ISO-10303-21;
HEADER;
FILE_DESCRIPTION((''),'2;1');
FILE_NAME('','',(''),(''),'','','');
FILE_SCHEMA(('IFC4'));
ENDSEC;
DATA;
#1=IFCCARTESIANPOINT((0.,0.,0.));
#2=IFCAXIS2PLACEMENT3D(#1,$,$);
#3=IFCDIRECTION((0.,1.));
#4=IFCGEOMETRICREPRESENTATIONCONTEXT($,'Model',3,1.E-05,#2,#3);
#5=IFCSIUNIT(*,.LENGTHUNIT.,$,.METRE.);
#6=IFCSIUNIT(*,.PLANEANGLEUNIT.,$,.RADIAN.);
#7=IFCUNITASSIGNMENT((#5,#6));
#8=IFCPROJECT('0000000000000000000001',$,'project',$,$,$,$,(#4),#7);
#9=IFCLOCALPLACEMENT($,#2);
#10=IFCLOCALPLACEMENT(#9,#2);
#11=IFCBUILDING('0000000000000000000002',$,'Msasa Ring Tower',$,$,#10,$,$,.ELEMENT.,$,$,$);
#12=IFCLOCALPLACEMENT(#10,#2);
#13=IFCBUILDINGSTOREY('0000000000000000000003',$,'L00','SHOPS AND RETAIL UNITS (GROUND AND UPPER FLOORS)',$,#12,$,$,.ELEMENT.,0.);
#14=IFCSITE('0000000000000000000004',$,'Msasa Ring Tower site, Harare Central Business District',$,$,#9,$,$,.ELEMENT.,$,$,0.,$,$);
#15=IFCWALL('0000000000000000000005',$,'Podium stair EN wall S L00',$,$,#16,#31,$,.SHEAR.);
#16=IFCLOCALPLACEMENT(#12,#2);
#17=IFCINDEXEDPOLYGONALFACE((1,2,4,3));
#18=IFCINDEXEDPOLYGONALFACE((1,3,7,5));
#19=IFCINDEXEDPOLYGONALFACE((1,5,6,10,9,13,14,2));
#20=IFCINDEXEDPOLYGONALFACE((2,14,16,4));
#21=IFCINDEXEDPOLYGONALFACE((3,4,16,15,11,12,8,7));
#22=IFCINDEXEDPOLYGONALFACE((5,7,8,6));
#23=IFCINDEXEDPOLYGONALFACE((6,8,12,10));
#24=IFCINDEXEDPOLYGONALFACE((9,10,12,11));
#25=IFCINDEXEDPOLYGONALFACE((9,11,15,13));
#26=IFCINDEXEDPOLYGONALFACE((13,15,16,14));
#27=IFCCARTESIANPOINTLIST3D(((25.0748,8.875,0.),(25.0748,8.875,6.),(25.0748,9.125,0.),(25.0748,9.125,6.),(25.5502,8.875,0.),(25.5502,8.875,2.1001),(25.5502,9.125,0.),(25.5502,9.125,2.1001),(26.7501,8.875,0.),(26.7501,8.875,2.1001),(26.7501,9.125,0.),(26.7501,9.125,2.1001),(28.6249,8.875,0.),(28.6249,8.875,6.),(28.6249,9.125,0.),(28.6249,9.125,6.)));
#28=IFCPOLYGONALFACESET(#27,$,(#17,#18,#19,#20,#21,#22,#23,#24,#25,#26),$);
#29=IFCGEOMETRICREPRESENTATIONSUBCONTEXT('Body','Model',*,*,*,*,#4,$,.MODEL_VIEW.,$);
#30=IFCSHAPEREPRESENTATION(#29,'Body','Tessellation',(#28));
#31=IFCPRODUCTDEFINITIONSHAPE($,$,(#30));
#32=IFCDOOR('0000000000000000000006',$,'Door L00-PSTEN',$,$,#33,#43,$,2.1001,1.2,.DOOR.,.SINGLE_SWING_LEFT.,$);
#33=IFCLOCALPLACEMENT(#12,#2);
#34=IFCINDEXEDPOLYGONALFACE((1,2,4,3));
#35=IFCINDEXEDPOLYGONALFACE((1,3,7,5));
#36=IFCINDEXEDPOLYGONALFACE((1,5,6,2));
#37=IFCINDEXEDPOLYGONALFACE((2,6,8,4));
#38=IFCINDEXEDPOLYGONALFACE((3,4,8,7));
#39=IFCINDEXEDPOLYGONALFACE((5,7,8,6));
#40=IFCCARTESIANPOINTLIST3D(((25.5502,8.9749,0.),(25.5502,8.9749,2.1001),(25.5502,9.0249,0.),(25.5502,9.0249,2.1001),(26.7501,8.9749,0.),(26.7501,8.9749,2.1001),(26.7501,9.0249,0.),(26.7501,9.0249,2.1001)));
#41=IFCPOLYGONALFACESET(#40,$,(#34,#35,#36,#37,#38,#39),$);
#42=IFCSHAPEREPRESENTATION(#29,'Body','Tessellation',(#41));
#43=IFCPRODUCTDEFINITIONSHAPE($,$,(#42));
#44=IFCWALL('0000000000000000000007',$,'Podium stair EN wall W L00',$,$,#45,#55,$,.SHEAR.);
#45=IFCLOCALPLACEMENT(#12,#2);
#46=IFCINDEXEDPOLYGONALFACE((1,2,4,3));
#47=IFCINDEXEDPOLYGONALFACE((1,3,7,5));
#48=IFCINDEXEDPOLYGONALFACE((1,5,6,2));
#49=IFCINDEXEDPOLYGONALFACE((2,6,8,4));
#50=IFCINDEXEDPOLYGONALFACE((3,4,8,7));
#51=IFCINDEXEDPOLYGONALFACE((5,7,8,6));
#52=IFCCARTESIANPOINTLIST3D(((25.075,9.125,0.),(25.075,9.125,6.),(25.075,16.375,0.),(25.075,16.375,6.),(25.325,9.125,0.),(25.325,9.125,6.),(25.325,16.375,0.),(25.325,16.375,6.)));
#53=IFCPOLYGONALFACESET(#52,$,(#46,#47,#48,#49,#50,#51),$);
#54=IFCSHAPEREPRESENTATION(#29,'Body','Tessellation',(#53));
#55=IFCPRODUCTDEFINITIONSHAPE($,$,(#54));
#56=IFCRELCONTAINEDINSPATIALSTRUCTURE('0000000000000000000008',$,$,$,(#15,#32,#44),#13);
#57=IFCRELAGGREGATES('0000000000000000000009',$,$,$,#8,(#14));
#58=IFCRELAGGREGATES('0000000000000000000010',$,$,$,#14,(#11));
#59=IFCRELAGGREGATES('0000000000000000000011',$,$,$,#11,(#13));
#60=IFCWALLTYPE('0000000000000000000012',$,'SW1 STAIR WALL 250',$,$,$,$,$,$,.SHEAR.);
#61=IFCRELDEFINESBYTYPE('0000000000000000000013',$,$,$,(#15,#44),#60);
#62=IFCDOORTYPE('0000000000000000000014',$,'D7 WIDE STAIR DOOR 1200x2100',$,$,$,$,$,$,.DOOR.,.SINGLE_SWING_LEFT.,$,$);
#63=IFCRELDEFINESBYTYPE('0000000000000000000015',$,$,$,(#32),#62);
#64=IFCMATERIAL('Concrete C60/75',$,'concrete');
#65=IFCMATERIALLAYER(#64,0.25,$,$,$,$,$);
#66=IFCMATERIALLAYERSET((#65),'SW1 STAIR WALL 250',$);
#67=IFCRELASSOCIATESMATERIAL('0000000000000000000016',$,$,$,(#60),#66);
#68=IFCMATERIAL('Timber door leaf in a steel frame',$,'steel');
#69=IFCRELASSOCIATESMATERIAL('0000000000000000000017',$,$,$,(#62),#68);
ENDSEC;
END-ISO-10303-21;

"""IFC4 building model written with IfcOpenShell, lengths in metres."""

from ifc_helpers import new_model, si_unit, direction, frame, frame_2d, origin, place, context, subcontext, project, spatial, rectangle, extrude, material, layer, layer_set, type_object, element, fill, save


model = new_model("IFC4")

# Units and contexts
model_context = context("Model", 3, precision=1e-05, world=origin(), true_north=direction((0.0, 1.0)))
body_context = subcontext(model_context, "Body", "Model", "MODEL_VIEW")
ifc_project = project(units=[si_unit("LENGTHUNIT", "METRE"), si_unit("PLANEANGLEUNIT", "RADIAN")], contexts=[model_context])

# Site, building, storey
site_placement = place(None, origin())
site = spatial("IfcSite", under=ifc_project, at=site_placement, Name="Msasa Ring Tower site, Harare Central Business District", CompositionType="ELEMENT", RefElevation=0.0)
building_placement = place(site_placement, origin())
building = spatial("IfcBuilding", under=site, at=building_placement, Name="Msasa Ring Tower", CompositionType="ELEMENT")
storey_placement = place(building_placement, origin())
storey = spatial("IfcBuildingStorey", under=building, at=storey_placement, Name="L00", Description="SHOPS AND RETAIL UNITS (GROUND AND UPPER FLOORS)", CompositionType="ELEMENT", Elevation=0.0)

# Wall, opening, door
ifc_material_1 = material(Name="Concrete C60/75", Category="concrete")
ifc_layer_1 = layer(ifc_material_1, 0.25)
ifc_layer_set_1 = layer_set([ifc_layer_1], Name="SW1 STAIR WALL 250")
wall_type_1 = type_object("IfcWallType", Name="SW1 STAIR WALL 250", PredefinedType="SHEAR", material=ifc_layer_set_1)
wall_1_placement = place(storey_placement, frame((25.075, 9.0, 0.0), z_axis=(0.0, 0.0, 1.0), x_axis=(1.0, 0.0, 0.0)))
wall_1 = element("IfcWall", 1, at=wall_1_placement, inside=storey, type_object=wall_type_1, Name="Podium stair EN wall S L00", PredefinedType="SHEAR", context=body_context, shape_type="SweptSolid", body=[
    extrude(rectangle(XDim=3.55, YDim=0.25, at=frame_2d((1.7749, 0.0))), origin(), (0.0, 0.0, 1.0), 6.0),
])
opening_1_placement = place(wall_1_placement, frame((0.4751, 0.0, 0.0)))
opening_1 = element("IfcOpeningElement", 2, at=opening_1_placement, cuts=wall_1, PredefinedType="OPENING", context=body_context, shape_type="SweptSolid", body=[
    extrude(rectangle(XDim=1.2, YDim=2.1001, at=frame_2d((0.6001, 1.05))), frame((0.0, 0.135, 0.0), z_axis=(0.0, -1.0, 0.0), x_axis=(1.0, 0.0, 0.0)), (0.0, 0.0, 1.0), 0.27),
])
ifc_material_2 = material(Name="Timber door leaf in a steel frame", Category="steel")
door_type_1 = type_object("IfcDoorType", Name="D7 WIDE STAIR DOOR 1200x2100", OperationType="SINGLE_SWING_LEFT", PredefinedType="DOOR", material=ifc_material_2)
door_1_placement = place(opening_1_placement, origin())
door_1 = element("IfcDoor", 3, at=door_1_placement, inside=storey, type_object=door_type_1, Name="Door L00-PSTEN", OperationType="SINGLE_SWING_LEFT", OverallHeight=2.1001, OverallWidth=1.2, PredefinedType="DOOR", context=body_context, shape_type="SweptSolid", body=[
    extrude(rectangle(XDim=1.2, YDim=2.1001, at=frame_2d((0.6001, 1.05))), frame((0.0, 0.0249, 0.0), z_axis=(0.0, -1.0, 0.0), x_axis=(1.0, 0.0, 0.0)), (0.0, 0.0, 1.0), 0.05),
])
fill(opening_1, door_1)

# Wall
wall_2_placement = place(storey_placement, frame((25.2, 9.125, 0.0), z_axis=(0.0, 0.0, 1.0), x_axis=(0.0, 1.0, 0.0)))
element("IfcWall", 4, at=wall_2_placement, inside=storey, type_object=wall_type_1, Name="Podium stair EN wall W L00", PredefinedType="SHEAR", context=body_context, shape_type="SweptSolid", body=[
    extrude(rectangle(XDim=7.25, YDim=0.25, at=frame_2d((3.625, 0.0))), origin(), (0.0, 0.0, 1.0), 6.0),
])

save(model, "model.ifc")
